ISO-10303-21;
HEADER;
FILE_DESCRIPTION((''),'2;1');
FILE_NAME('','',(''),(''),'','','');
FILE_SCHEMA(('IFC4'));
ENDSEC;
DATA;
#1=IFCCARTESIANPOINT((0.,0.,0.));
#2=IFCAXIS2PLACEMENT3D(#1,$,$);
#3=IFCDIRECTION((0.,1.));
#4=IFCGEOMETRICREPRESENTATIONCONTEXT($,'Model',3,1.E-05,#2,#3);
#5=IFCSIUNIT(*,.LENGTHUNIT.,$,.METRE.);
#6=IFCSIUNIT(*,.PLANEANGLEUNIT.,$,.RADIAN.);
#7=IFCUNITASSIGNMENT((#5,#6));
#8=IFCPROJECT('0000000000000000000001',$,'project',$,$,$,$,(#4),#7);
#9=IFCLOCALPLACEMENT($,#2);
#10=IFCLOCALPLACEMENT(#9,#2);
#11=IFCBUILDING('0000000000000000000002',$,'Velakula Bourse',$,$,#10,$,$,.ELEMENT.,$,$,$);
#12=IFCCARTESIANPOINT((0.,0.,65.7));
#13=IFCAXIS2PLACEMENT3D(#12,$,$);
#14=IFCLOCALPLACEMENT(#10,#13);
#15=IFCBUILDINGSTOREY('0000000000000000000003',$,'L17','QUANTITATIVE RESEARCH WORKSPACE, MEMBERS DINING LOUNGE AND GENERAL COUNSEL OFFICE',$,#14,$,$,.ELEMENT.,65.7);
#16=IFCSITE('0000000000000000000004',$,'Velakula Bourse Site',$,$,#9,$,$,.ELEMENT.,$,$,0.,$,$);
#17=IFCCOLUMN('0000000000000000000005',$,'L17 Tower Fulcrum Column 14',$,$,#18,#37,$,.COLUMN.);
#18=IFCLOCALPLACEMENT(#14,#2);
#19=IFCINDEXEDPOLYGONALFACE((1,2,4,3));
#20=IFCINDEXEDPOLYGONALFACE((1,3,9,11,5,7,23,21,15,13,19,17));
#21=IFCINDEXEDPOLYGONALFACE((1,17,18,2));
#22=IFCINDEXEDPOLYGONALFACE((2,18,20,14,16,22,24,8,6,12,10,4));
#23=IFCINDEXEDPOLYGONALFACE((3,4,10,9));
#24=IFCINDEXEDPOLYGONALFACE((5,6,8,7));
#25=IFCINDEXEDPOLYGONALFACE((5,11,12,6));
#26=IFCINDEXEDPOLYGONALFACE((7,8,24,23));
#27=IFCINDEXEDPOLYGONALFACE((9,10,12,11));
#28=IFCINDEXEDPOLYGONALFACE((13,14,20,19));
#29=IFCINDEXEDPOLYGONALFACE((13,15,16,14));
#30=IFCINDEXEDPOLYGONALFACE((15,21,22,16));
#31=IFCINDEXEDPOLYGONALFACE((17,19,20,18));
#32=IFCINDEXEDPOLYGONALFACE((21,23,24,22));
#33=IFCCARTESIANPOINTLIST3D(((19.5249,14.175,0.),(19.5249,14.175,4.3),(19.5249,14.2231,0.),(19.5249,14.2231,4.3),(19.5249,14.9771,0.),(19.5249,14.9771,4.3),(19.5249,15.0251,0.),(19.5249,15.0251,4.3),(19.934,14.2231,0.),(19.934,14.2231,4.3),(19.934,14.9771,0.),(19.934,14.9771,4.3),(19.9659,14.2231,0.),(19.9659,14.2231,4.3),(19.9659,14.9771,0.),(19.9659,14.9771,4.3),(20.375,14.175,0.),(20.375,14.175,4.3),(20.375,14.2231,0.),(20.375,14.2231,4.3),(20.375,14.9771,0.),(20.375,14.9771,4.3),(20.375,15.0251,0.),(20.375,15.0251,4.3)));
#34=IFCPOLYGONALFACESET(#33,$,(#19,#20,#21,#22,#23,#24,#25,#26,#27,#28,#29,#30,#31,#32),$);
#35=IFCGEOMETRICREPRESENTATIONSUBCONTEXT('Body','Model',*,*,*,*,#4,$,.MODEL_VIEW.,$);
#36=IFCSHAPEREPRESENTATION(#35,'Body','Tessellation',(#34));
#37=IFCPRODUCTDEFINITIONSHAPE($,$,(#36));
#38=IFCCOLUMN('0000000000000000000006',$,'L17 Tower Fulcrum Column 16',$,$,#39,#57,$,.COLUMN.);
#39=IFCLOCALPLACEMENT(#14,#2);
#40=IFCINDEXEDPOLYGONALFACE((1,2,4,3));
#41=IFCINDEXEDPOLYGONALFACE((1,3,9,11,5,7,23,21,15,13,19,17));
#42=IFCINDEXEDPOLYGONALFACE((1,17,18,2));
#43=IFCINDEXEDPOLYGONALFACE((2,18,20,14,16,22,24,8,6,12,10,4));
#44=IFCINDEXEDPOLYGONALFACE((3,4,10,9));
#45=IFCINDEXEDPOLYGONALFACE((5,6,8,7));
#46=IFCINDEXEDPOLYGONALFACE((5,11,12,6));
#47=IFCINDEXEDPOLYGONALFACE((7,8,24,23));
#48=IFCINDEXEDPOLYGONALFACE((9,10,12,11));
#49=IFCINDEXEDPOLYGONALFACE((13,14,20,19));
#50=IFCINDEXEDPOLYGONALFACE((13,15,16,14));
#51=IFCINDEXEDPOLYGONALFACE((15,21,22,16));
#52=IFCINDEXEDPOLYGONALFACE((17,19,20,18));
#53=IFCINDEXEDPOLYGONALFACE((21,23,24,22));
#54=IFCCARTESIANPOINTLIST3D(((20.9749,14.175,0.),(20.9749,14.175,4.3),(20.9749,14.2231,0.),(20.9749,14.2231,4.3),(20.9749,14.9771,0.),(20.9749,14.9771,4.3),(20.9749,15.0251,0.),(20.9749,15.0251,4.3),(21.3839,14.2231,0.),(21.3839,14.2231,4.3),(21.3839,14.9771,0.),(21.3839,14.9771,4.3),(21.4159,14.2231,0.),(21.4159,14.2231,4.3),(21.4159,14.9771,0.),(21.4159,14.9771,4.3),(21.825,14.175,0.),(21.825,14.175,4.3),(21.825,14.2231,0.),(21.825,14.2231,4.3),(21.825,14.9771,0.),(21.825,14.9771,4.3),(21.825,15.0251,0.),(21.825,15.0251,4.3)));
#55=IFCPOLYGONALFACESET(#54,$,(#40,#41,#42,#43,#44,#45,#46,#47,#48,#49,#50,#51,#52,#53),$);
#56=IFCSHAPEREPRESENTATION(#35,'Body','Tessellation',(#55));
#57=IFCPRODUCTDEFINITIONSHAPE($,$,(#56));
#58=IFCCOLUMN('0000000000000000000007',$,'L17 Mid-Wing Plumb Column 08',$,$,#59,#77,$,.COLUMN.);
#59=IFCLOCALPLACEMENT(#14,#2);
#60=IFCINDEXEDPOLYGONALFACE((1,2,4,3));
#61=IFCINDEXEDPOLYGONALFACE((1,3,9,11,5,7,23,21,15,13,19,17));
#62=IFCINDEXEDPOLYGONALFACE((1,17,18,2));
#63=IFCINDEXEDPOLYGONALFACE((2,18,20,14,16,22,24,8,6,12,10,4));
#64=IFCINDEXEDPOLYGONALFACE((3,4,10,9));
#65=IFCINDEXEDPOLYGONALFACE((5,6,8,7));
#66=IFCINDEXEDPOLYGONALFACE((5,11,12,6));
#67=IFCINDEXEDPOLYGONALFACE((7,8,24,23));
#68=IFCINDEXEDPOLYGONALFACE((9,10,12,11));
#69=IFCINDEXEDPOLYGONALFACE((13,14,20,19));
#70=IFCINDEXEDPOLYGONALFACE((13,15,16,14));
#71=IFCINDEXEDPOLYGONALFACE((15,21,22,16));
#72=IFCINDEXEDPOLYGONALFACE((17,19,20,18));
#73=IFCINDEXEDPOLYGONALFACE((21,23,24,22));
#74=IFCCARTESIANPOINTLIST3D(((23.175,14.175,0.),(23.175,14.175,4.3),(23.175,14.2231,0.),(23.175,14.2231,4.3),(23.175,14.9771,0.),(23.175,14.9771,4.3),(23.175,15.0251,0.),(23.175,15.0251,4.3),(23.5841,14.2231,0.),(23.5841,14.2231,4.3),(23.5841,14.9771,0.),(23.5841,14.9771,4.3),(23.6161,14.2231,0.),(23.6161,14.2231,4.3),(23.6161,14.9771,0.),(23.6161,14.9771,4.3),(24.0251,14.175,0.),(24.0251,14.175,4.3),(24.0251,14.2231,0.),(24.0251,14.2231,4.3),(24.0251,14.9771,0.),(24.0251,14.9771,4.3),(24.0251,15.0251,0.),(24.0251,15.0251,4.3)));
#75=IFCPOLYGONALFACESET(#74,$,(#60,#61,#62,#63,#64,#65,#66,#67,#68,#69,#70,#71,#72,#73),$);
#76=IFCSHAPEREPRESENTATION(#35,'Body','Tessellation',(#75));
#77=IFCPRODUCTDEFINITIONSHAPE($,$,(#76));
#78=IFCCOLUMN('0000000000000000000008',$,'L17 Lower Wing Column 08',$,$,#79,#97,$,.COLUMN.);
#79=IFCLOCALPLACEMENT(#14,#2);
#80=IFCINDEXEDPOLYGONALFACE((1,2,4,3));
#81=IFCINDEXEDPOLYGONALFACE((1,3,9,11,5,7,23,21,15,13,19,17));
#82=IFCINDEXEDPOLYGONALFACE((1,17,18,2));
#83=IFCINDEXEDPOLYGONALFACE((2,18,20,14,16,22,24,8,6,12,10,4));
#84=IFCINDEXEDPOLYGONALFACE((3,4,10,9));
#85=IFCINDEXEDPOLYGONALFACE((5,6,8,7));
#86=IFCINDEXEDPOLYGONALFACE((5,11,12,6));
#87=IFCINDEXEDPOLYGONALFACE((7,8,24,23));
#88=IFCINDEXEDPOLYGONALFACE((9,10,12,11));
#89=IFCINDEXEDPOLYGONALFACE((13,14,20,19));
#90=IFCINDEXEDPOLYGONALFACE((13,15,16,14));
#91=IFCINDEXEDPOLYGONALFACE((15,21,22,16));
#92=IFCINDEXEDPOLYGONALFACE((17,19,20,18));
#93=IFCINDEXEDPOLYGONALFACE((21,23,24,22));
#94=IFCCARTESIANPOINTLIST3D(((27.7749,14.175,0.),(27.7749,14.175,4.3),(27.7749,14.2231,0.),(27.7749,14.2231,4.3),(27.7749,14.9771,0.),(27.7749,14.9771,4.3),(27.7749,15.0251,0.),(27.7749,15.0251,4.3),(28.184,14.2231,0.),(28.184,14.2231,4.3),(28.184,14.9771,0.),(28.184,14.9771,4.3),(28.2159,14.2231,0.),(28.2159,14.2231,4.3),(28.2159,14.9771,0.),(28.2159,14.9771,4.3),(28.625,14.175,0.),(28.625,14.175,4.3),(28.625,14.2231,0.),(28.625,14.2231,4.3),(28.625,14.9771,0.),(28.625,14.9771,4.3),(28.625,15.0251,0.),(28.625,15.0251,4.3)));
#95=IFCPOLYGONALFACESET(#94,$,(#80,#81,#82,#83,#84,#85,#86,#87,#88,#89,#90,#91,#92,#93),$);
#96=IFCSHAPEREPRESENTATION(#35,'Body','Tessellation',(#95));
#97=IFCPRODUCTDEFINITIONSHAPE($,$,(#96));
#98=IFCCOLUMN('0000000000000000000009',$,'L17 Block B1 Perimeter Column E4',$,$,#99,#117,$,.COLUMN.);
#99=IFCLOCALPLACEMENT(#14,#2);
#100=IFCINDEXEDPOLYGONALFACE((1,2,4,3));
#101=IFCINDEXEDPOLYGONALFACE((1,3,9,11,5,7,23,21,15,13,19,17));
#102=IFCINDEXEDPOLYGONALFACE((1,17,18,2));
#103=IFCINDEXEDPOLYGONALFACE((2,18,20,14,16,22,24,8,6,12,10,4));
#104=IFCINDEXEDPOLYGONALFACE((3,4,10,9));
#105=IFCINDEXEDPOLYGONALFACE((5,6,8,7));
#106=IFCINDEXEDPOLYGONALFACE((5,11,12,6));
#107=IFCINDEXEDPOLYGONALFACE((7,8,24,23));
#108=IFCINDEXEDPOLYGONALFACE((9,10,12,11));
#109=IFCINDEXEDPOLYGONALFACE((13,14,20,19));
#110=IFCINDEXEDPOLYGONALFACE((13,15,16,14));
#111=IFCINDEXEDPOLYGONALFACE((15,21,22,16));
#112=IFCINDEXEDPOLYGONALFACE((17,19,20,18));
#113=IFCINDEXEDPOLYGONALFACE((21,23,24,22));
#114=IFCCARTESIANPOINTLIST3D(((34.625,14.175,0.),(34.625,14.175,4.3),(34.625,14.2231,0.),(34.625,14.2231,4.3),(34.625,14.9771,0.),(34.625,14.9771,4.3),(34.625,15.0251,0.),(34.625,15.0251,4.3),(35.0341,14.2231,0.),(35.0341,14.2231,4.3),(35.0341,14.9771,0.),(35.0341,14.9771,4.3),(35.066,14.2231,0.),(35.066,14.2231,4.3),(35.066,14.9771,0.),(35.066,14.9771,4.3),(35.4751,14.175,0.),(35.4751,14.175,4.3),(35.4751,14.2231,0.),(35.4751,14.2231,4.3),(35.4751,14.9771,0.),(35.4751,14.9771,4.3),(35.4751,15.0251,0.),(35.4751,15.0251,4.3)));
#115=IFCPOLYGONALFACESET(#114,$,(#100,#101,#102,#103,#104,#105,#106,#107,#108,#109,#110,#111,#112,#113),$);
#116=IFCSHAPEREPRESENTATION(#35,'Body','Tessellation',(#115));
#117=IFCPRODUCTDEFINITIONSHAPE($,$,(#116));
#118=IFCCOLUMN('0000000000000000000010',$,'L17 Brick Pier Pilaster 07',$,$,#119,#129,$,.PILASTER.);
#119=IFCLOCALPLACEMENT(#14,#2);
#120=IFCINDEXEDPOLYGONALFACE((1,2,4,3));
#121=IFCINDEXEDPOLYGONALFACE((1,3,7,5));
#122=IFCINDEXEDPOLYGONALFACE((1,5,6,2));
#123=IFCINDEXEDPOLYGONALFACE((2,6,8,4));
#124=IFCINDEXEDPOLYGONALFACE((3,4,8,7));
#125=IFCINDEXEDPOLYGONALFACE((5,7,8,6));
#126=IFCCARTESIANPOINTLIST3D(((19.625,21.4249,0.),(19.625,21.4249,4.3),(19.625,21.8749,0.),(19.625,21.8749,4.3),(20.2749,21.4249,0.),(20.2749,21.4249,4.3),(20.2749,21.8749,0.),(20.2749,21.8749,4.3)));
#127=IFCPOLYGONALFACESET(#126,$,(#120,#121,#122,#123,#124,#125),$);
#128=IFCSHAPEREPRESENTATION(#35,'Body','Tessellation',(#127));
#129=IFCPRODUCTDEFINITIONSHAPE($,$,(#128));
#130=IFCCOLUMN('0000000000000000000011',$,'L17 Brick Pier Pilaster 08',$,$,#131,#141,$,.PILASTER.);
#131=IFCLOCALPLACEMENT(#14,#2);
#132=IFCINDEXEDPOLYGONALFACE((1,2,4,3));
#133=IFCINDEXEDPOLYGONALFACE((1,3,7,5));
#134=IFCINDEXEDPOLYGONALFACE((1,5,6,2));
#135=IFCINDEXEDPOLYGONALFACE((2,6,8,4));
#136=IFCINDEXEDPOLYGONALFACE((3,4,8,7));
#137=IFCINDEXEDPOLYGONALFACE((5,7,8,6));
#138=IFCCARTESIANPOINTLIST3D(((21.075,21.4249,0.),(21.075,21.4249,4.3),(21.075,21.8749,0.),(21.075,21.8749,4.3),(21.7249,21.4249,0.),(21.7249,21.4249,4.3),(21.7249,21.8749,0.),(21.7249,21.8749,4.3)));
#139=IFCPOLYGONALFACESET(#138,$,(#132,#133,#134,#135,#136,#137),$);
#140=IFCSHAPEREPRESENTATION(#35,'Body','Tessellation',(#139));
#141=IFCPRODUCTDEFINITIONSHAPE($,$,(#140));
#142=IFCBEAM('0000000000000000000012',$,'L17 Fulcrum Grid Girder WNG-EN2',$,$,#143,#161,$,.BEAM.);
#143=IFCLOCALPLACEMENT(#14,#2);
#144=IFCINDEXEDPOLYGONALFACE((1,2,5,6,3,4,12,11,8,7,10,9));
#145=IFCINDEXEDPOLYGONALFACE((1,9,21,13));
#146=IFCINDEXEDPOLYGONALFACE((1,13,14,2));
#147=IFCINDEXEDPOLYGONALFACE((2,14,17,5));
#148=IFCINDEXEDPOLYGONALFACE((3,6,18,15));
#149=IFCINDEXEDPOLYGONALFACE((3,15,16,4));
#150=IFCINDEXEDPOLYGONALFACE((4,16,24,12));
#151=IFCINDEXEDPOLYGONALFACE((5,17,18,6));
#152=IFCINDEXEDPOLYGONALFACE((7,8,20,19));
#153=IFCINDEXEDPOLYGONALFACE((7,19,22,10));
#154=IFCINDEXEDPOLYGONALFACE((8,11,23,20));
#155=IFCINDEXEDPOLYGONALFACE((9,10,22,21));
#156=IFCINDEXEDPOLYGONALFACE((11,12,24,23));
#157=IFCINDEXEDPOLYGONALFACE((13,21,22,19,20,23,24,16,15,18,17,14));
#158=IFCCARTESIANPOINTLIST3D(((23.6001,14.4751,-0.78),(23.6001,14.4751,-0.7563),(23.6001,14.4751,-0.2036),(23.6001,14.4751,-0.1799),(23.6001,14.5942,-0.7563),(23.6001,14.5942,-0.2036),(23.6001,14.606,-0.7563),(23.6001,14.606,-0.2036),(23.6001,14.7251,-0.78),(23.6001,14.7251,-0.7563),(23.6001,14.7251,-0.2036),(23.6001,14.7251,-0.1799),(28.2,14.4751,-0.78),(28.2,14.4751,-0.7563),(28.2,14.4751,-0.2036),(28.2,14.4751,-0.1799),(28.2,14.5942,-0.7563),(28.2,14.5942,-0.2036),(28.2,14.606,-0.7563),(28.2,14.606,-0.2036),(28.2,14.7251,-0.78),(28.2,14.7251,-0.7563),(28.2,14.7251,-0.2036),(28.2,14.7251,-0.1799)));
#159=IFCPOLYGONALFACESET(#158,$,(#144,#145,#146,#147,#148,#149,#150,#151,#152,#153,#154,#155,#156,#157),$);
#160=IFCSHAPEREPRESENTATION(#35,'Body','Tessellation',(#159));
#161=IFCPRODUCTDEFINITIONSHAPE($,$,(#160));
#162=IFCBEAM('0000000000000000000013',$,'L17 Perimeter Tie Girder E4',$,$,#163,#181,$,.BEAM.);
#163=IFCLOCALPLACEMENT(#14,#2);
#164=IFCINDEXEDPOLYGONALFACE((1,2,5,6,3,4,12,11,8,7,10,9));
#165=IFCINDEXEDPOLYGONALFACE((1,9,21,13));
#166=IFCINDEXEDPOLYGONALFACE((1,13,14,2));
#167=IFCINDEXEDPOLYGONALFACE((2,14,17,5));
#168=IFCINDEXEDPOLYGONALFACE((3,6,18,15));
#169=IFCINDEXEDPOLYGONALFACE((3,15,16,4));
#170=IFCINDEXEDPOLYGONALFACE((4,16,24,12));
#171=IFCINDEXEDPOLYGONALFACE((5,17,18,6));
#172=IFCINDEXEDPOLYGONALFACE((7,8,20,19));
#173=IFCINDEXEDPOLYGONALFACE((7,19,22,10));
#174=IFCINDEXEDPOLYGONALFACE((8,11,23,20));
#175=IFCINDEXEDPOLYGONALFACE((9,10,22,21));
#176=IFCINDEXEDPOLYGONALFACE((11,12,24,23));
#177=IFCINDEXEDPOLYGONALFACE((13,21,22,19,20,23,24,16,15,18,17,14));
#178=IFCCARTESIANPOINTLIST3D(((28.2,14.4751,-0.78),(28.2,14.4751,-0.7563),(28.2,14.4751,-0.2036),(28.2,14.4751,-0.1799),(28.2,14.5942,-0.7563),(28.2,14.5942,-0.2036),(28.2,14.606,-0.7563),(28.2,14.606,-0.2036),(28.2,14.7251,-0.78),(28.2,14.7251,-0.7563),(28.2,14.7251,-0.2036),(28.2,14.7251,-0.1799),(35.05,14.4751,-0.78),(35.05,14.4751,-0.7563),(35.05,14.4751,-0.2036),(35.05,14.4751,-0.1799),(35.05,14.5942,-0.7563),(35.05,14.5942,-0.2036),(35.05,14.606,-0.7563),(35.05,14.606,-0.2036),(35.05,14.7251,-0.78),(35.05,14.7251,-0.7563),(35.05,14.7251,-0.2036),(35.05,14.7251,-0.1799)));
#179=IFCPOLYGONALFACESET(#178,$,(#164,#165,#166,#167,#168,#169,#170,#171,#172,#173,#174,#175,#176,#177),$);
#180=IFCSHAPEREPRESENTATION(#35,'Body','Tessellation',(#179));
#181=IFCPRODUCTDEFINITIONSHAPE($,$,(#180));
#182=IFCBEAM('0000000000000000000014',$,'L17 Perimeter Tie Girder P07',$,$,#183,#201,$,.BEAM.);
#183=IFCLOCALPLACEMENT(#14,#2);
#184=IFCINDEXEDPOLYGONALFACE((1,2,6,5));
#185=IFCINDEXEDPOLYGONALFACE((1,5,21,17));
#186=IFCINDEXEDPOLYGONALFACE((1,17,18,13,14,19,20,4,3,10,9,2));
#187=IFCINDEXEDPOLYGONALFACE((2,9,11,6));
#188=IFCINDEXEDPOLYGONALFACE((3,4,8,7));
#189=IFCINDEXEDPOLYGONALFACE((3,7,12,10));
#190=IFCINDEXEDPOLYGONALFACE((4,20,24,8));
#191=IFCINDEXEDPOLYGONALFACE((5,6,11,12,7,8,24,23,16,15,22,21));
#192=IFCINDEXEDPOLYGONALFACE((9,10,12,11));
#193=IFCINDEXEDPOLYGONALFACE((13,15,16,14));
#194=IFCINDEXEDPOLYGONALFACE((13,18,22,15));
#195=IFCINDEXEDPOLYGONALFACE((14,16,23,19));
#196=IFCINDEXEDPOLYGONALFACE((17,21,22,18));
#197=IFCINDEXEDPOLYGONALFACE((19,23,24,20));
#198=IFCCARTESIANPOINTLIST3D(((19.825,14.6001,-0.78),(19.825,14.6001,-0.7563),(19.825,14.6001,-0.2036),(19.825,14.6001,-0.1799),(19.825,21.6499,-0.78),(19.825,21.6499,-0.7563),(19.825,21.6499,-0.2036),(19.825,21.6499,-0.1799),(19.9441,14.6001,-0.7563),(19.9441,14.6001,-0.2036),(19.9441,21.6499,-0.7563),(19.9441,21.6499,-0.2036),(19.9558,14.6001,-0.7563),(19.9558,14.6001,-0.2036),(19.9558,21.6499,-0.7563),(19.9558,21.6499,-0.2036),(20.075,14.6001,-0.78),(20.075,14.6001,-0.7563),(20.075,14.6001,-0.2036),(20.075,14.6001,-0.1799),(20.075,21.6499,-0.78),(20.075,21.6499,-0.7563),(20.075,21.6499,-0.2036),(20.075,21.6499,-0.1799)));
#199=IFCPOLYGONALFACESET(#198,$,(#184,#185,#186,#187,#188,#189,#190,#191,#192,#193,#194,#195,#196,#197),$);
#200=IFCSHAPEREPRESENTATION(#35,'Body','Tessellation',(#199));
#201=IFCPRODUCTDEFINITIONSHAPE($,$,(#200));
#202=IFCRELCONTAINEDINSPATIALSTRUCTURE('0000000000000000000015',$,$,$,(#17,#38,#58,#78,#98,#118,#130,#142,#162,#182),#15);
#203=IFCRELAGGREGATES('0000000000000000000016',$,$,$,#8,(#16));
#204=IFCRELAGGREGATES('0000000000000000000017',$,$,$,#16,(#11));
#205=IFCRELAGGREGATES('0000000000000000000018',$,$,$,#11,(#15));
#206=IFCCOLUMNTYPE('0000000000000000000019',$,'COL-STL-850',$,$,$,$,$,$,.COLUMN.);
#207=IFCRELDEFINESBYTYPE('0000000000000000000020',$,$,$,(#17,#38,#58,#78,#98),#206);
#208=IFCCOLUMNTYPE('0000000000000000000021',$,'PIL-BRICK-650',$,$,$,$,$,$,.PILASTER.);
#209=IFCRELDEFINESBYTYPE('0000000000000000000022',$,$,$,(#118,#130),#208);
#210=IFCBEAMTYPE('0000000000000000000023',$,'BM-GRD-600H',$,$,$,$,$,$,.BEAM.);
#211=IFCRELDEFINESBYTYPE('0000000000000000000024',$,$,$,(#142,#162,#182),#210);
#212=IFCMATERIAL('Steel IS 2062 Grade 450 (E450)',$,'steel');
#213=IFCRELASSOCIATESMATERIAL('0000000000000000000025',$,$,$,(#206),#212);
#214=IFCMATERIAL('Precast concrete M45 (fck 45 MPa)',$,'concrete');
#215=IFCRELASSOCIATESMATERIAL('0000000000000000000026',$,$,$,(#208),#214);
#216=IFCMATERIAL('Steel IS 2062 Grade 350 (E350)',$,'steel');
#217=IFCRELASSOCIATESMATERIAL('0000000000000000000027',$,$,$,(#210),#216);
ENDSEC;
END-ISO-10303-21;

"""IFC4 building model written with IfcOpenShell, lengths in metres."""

from ifc_helpers import new_model, si_unit, direction, frame, origin, origin_2d, place, context, subcontext, project, spatial, rectangle, i_section, extrude, material, material_profile, profile_set, type_object, element, save


model = new_model("IFC4")

# Units and contexts
model_context = context("Model", 3, precision=1e-05, world=origin(), true_north=direction((0.0, 1.0)))
body_context = subcontext(model_context, "Body", "Model", "MODEL_VIEW")
ifc_project = project(units=[si_unit("LENGTHUNIT", "METRE"), si_unit("PLANEANGLEUNIT", "RADIAN")], contexts=[model_context])

# Site, building, storey
site_placement = place(None, origin())
site = spatial("IfcSite", under=ifc_project, at=site_placement, Name="Velakula Bourse Site", CompositionType="ELEMENT", RefElevation=0.0)
building_placement = place(site_placement, origin())
building = spatial("IfcBuilding", under=site, at=building_placement, Name="Velakula Bourse", CompositionType="ELEMENT")
storey_placement = place(building_placement, frame((0.0, 0.0, 65.7)))
storey = spatial("IfcBuildingStorey", under=building, at=storey_placement, Name="L17", Description="QUANTITATIVE RESEARCH WORKSPACE, MEMBERS DINING LOUNGE AND GENERAL COUNSEL OFFICE", CompositionType="ELEMENT", Elevation=65.7)

# Columns
ifc_material_1 = material(Name="Steel IS 2062 Grade 450 (E450)", Category="steel")
ifc_material_profile_1 = material_profile(ifc_material_1, i_section(OverallWidth=0.8501, OverallDepth=0.8501, WebThickness=0.032, FlangeThickness=0.0481, at=origin_2d()), Name="Steel IS 2062 Grade 450 (E450)")
ifc_profile_set_1 = profile_set([ifc_material_profile_1], Name="Steel IS 2062 Grade 450 (E450)")
column_type_1 = type_object("IfcColumnType", Name="COL-STL-850", PredefinedType="COLUMN", material=ifc_profile_set_1)
for number, where, z_axis, x_axis, name in (
    (1, (19.95, 14.6001, 0.0), (0.0, 0.0, 1.0), (1.0, 0.0, 0.0), "L17 Tower Fulcrum Column 14"),
    (2, (21.3999, 14.6001, 0.0), (0.0, 0.0, 1.0), (1.0, 0.0, 0.0), "L17 Tower Fulcrum Column 16"),
    (3, (23.6001, 14.6001, 0.0), (0.0, 0.0, 1.0), (1.0, 0.0, 0.0), "L17 Mid-Wing Plumb Column 08"),
    (4, (28.2, 14.6001, 0.0), (0.0, 0.0, 1.0), (1.0, 0.0, 0.0), "L17 Lower Wing Column 08"),
    (5, (35.05, 14.6001, 0.0), (0.0, 0.0, 1.0), (1.0, 0.0, 0.0), "L17 Block B1 Perimeter Column E4"),
):
    element("IfcColumn", number, at=place(storey_placement, frame(where, z_axis=z_axis, x_axis=x_axis)), inside=storey, type_object=column_type_1, Name=name, PredefinedType="COLUMN", context=body_context, shape_type="SweptSolid", body=[
        extrude(i_section(OverallWidth=0.8501, OverallDepth=0.8501, WebThickness=0.032, FlangeThickness=0.0481, at=origin_2d()), origin(), (0.0, 0.0, 1.0), 4.3),
    ])
ifc_material_2 = material(Name="Precast concrete M45 (fck 45 MPa)", Category="concrete")
ifc_material_profile_2 = material_profile(ifc_material_2, rectangle(XDim=0.6499, YDim=0.45, at=origin_2d()), Name="Precast concrete M45 (fck 45 MPa)")
ifc_profile_set_2 = profile_set([ifc_material_profile_2], Name="Precast concrete M45 (fck 45 MPa)")
column_type_2 = type_object("IfcColumnType", Name="PIL-BRICK-650", PredefinedType="PILASTER", material=ifc_profile_set_2)
for number, where, z_axis, x_axis, name in (
    (6, (19.95, 21.6499, 0.0), (0.0, 0.0, 1.0), (1.0, 0.0, 0.0), "L17 Brick Pier Pilaster 07"),
    (7, (21.3999, 21.6499, 0.0), (0.0, 0.0, 1.0), (1.0, 0.0, 0.0), "L17 Brick Pier Pilaster 08"),
):
    element("IfcColumn", number, at=place(storey_placement, frame(where, z_axis=z_axis, x_axis=x_axis)), inside=storey, type_object=column_type_2, Name=name, PredefinedType="PILASTER", context=body_context, shape_type="SweptSolid", body=[
        extrude(rectangle(XDim=0.6499, YDim=0.45, at=origin_2d()), origin(), (0.0, 0.0, 1.0), 4.3),
    ])

# Beams
ifc_material_3 = material(Name="Steel IS 2062 Grade 350 (E350)", Category="steel")
ifc_material_profile_3 = material_profile(ifc_material_3, i_section(OverallWidth=0.25, OverallDepth=0.6001, WebThickness=0.0117, FlangeThickness=0.0237, at=origin_2d()), Name="Steel IS 2062 Grade 350 (E350)")
ifc_profile_set_3 = profile_set([ifc_material_profile_3], Name="Steel IS 2062 Grade 350 (E350)")
beam_type_1 = type_object("IfcBeamType", Name="BM-GRD-600H", PredefinedType="BEAM", material=ifc_profile_set_3)
beam_1_placement = place(storey_placement, frame((23.6001, 14.6001, -0.48), z_axis=(1.0, 0.0, 0.0), x_axis=(0.0, 1.0, 0.0)))
element("IfcBeam", 8, at=beam_1_placement, inside=storey, type_object=beam_type_1, Name="L17 Fulcrum Grid Girder WNG-EN2", PredefinedType="BEAM", context=body_context, shape_type="SweptSolid", body=[
    extrude(i_section(OverallWidth=0.25, OverallDepth=0.6001, WebThickness=0.0117, FlangeThickness=0.0237, at=origin_2d()), origin(), (0.0, 0.0, 1.0), 4.5999),
])
beam_2_placement = place(storey_placement, frame((28.2, 14.6001, -0.48), z_axis=(1.0, 0.0, 0.0), x_axis=(0.0, 1.0, 0.0)))
element("IfcBeam", 9, at=beam_2_placement, inside=storey, type_object=beam_type_1, Name="L17 Perimeter Tie Girder E4", PredefinedType="BEAM", context=body_context, shape_type="SweptSolid", body=[
    extrude(i_section(OverallWidth=0.25, OverallDepth=0.6001, WebThickness=0.0117, FlangeThickness=0.0237, at=origin_2d()), origin(), (0.0, 0.0, 1.0), 6.8501),
])
for number, where, z_axis, x_axis, name in (
    (10, (19.95, 14.6001, -0.48), (0.0, 1.0, 0.0), (-1.0, 0.0, 0.0), "L17 Perimeter Tie Girder P07"),
):
    element("IfcBeam", number, at=place(storey_placement, frame(where, z_axis=z_axis, x_axis=x_axis)), inside=storey, type_object=beam_type_1, Name=name, PredefinedType="BEAM", context=body_context, shape_type="SweptSolid", body=[
        extrude(i_section(OverallWidth=0.25, OverallDepth=0.6001, WebThickness=0.0117, FlangeThickness=0.0237, at=origin_2d()), origin(), (0.0, 0.0, 1.0), 7.0498),
    ])

save(model, "model.ifc")
